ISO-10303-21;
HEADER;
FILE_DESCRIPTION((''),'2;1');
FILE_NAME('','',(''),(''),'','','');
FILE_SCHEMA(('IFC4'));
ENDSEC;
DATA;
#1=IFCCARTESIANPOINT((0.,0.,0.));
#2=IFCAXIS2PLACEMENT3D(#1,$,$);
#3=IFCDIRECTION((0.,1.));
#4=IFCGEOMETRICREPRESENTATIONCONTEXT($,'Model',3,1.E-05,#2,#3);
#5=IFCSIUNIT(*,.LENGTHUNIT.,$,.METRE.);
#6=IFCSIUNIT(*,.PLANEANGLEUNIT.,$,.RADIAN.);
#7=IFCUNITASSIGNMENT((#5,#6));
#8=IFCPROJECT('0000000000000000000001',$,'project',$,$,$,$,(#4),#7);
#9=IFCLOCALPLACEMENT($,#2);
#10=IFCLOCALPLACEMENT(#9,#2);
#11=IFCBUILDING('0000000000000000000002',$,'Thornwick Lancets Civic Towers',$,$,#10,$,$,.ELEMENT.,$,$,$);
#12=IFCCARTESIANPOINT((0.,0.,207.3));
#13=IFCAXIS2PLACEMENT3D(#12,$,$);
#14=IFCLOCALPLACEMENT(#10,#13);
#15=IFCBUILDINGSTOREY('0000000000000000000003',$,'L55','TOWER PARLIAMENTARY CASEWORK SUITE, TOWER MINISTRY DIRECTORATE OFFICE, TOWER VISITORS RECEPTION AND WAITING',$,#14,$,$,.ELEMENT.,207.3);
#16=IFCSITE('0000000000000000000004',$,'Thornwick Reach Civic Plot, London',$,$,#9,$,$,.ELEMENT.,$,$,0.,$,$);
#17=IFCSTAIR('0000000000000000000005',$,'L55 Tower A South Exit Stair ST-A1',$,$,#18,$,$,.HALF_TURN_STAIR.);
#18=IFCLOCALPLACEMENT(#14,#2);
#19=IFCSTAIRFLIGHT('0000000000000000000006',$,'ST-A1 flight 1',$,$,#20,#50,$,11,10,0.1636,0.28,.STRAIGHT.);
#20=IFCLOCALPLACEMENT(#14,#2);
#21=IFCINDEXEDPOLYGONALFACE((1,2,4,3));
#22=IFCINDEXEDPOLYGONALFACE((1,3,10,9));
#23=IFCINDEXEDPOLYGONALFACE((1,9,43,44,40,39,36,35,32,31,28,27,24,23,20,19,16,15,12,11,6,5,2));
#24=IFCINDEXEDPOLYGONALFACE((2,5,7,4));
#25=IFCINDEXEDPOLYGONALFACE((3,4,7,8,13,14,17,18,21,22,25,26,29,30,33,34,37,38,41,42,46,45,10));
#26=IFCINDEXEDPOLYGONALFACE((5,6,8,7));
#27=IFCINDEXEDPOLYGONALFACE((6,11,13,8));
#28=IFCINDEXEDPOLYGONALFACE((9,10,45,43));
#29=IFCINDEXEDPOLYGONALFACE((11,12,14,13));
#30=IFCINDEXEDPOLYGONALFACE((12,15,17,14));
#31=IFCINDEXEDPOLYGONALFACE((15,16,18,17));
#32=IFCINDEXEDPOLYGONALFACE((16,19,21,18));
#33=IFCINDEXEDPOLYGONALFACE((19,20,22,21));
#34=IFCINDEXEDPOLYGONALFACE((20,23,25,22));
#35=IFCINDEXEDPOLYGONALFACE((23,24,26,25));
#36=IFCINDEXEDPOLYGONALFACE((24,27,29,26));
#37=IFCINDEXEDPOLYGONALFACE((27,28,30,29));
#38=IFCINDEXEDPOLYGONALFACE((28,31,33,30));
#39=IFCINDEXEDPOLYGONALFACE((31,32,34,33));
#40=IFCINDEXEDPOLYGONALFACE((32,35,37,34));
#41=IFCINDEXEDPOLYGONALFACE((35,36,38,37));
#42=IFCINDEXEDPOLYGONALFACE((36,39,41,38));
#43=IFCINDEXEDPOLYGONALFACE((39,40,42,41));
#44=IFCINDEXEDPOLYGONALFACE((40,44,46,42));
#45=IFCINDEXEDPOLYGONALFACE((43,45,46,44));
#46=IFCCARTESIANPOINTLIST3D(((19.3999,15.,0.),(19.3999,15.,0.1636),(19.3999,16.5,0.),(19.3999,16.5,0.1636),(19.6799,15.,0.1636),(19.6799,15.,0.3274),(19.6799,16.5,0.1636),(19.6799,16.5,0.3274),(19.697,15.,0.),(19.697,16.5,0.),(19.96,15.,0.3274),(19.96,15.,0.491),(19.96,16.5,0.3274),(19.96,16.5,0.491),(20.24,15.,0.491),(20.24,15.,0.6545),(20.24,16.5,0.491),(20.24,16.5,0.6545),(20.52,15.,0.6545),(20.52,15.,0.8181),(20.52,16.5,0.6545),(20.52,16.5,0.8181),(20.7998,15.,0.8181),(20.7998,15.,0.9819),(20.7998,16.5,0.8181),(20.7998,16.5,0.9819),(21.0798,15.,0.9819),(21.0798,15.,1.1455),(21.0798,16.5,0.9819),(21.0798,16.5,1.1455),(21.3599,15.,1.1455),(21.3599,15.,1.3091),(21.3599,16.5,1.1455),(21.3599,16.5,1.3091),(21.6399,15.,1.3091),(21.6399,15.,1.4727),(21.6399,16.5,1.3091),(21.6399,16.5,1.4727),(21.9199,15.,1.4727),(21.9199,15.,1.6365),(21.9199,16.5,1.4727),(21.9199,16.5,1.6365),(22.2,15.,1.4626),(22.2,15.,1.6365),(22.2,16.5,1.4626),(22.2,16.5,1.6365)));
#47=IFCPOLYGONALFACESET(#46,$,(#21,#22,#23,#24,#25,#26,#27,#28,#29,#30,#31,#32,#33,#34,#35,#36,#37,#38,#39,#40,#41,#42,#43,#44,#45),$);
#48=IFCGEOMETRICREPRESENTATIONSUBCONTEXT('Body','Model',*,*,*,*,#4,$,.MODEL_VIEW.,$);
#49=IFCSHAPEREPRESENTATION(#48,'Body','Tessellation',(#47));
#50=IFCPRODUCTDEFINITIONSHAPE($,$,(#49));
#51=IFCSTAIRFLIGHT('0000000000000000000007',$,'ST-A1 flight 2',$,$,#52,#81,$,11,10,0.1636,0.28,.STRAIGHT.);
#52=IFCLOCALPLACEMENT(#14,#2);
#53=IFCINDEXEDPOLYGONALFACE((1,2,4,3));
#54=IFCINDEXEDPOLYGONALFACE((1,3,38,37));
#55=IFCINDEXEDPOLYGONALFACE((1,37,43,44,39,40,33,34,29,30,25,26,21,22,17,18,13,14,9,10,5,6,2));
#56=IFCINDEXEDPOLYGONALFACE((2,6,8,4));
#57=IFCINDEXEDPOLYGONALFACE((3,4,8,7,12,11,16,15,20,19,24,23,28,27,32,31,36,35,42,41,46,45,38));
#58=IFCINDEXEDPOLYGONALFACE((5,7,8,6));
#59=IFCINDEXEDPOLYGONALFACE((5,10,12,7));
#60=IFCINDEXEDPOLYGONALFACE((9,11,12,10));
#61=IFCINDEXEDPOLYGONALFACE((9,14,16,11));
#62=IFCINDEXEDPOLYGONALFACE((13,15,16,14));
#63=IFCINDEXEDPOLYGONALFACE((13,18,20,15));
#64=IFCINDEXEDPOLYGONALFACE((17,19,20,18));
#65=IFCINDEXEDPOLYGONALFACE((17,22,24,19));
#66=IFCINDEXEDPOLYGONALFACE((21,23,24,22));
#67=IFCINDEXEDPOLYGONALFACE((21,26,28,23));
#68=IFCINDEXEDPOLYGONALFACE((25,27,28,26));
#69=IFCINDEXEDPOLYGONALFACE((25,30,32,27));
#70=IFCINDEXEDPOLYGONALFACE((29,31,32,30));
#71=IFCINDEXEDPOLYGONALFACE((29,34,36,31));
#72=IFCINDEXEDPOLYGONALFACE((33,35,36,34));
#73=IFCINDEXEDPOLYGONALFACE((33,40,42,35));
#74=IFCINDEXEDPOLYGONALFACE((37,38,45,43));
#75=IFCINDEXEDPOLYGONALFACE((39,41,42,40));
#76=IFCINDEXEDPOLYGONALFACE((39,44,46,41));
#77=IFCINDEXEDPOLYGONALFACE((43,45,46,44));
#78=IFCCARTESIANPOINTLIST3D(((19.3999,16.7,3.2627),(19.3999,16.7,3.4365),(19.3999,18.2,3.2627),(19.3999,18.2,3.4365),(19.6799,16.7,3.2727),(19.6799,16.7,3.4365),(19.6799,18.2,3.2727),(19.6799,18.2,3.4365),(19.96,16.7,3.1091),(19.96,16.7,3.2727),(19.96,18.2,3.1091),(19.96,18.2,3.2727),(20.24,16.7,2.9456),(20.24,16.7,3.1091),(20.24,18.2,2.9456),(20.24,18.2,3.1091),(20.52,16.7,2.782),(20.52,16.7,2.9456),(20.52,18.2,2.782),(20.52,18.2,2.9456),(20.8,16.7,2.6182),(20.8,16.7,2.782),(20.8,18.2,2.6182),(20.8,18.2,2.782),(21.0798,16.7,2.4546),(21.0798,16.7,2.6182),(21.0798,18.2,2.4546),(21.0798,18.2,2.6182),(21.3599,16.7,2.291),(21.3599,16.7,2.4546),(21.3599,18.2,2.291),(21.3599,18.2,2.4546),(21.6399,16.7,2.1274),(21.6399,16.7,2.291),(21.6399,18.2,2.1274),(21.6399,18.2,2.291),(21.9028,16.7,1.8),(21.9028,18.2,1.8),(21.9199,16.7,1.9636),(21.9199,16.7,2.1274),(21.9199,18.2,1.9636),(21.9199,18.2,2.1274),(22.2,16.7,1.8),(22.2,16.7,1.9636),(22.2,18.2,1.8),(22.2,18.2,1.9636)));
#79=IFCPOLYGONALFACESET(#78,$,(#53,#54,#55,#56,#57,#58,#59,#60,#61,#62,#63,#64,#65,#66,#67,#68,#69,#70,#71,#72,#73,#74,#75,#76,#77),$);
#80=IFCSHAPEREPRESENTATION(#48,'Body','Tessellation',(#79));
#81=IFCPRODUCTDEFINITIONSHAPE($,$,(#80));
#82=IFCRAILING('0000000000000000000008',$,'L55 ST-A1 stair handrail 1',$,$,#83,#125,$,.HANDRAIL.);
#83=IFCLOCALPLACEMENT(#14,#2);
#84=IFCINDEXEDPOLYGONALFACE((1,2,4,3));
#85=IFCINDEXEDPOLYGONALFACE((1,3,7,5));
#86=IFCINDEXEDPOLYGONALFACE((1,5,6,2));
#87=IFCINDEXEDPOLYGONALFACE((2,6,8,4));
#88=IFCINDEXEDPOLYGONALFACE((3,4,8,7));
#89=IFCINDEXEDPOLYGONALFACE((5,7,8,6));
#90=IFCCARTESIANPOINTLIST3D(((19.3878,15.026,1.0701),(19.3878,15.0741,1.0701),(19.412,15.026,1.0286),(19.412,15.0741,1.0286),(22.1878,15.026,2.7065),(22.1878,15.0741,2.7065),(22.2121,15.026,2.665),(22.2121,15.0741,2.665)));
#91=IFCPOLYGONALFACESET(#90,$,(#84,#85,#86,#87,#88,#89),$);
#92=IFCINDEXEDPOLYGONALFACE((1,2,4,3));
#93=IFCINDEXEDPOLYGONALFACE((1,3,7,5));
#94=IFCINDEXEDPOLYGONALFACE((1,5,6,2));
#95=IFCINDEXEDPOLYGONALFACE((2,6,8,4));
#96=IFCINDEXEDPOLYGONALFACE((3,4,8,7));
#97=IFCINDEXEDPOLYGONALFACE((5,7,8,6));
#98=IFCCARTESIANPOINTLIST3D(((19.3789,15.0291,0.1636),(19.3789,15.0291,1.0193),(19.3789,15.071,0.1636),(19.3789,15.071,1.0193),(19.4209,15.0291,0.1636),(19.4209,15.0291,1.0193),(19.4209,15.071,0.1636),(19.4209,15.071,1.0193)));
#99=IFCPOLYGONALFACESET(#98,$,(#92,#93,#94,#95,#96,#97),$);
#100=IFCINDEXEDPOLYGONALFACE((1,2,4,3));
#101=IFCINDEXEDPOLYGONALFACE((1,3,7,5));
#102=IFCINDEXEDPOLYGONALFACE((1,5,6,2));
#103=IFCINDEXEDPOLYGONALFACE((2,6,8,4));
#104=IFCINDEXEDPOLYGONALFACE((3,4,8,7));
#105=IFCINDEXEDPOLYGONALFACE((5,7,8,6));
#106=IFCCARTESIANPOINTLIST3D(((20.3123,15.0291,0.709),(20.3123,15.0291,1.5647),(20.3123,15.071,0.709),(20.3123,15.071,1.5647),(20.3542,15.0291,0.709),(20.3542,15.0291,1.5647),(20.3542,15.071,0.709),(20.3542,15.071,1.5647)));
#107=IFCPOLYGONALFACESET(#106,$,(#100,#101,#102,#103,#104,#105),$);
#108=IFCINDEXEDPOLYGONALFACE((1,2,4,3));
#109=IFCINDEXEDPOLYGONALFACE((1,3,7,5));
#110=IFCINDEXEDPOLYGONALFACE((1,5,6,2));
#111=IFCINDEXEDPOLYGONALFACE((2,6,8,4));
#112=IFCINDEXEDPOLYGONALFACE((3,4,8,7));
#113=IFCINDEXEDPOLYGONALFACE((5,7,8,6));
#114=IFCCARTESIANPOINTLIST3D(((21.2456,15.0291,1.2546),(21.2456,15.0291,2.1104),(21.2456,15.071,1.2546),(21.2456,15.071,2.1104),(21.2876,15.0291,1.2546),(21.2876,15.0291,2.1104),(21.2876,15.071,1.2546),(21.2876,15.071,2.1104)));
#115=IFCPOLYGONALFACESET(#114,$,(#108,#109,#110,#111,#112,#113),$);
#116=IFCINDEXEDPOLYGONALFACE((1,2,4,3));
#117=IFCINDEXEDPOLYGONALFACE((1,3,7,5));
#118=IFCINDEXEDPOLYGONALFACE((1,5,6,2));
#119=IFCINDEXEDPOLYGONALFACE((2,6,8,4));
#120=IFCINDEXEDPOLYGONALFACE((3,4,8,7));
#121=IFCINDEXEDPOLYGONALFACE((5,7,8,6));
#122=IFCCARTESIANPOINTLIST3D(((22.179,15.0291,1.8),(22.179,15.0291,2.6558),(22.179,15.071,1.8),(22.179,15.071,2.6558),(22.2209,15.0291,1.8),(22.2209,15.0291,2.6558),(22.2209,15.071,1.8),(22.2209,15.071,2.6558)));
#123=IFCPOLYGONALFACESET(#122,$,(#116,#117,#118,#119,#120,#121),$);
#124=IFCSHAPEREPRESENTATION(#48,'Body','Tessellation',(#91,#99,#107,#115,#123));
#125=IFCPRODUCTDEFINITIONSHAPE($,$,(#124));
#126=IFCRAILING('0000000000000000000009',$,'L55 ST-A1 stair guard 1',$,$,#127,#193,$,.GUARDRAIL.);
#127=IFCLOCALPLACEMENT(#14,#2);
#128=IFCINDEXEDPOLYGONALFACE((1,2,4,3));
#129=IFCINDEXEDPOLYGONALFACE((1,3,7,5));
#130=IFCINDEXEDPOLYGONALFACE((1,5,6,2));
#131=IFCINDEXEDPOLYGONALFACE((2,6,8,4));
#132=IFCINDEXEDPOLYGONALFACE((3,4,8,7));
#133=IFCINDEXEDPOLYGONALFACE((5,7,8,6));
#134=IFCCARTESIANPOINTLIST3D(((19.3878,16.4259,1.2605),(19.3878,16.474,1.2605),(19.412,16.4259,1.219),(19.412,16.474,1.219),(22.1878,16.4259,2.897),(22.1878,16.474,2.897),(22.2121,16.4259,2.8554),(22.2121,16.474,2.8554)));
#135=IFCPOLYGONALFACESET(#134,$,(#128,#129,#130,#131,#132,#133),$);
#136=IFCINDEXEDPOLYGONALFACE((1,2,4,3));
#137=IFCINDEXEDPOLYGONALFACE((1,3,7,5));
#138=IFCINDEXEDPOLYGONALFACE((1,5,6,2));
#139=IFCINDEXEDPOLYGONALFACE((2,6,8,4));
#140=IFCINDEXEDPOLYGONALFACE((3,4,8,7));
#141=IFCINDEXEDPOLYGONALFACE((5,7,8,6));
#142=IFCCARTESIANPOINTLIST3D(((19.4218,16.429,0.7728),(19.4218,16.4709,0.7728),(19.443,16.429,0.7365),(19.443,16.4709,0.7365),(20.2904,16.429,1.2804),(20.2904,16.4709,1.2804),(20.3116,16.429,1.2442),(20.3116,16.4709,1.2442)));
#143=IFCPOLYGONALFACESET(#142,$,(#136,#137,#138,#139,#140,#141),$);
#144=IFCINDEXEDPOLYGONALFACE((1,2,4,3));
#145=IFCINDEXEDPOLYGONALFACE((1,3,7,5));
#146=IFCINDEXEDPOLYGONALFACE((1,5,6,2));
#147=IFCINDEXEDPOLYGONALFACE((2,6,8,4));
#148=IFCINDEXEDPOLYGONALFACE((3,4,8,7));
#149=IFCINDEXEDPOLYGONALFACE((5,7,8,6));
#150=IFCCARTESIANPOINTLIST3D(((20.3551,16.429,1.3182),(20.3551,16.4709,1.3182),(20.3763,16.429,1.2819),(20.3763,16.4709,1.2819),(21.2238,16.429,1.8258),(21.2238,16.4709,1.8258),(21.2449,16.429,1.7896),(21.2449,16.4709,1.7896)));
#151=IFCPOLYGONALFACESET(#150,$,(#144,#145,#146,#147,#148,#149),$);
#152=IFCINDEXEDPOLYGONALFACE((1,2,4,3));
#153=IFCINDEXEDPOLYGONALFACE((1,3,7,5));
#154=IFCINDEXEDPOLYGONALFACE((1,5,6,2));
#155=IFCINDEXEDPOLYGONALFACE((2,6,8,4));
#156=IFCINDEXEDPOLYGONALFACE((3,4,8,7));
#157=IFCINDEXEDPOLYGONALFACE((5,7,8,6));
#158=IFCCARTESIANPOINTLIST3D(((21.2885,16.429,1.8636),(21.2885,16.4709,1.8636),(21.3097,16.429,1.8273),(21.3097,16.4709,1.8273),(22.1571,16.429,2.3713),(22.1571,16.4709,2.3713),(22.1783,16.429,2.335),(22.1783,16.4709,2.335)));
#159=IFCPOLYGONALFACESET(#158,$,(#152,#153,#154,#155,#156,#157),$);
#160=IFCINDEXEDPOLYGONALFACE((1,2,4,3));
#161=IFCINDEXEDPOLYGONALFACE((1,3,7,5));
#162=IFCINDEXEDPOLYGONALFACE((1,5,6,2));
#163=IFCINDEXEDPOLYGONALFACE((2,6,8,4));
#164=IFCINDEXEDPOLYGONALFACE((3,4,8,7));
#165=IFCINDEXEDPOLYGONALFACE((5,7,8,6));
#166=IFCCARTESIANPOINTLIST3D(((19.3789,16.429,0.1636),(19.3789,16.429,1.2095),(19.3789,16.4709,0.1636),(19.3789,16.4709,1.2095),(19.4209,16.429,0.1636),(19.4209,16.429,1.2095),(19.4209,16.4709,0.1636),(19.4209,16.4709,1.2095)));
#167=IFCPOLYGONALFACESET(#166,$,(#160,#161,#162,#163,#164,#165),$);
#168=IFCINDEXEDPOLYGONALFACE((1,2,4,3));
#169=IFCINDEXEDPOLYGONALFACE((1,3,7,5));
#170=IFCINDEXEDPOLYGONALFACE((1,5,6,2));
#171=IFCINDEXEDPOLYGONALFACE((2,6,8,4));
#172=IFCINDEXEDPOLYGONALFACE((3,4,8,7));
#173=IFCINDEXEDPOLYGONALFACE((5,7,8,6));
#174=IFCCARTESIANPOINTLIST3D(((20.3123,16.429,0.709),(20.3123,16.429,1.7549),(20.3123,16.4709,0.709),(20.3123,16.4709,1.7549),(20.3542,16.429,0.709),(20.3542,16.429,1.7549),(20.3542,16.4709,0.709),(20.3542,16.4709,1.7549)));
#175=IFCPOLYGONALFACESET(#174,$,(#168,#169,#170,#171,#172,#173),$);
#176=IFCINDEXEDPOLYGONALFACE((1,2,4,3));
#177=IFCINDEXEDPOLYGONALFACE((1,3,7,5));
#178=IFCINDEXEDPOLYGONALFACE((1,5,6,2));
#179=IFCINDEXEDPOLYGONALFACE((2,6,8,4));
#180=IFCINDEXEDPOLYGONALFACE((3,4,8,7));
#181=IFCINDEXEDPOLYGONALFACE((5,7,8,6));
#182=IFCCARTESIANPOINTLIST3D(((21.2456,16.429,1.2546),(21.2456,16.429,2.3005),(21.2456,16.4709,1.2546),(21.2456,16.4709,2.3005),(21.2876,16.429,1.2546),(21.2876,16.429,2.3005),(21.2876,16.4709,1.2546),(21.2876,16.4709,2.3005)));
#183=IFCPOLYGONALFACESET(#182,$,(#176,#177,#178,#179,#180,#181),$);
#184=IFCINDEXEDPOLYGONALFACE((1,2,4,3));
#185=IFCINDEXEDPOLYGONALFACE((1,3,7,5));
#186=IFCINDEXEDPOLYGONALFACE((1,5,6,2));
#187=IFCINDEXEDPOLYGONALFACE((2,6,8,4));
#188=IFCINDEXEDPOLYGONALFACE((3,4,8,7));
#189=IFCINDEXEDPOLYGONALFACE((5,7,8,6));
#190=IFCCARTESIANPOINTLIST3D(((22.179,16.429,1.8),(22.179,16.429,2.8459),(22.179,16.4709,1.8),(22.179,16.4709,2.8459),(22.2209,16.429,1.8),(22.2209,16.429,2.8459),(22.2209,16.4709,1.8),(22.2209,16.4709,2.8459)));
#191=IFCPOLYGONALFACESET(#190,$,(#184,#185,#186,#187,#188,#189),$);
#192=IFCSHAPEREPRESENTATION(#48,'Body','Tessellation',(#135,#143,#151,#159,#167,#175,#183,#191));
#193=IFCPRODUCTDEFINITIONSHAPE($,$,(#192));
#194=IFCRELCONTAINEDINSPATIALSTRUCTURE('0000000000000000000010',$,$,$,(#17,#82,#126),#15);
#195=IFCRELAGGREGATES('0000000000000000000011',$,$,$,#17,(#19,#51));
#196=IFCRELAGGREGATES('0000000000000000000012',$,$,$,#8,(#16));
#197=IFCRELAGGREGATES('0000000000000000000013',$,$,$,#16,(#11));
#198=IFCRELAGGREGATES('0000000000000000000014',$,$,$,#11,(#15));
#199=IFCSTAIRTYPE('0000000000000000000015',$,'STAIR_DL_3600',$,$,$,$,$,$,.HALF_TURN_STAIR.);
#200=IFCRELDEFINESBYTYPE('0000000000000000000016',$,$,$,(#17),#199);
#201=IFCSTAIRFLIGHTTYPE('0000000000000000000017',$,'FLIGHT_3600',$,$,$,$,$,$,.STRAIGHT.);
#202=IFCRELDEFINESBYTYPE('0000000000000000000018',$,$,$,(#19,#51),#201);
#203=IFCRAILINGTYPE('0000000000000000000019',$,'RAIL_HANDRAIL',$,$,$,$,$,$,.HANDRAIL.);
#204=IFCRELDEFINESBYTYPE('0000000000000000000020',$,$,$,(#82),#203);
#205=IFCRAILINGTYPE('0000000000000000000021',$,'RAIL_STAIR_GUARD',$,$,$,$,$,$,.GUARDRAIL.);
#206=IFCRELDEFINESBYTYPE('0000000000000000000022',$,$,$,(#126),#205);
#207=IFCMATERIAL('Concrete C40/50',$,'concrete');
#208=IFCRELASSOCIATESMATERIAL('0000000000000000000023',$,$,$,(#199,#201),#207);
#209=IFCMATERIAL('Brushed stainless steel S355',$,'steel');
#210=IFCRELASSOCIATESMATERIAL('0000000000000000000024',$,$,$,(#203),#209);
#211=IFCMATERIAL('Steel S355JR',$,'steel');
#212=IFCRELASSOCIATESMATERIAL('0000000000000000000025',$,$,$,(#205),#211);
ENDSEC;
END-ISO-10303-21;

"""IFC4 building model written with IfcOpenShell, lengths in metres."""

from ifc_helpers import new_model, si_unit, direction, frame, origin, origin_2d, place, context, subcontext, project, spatial, polyline, rectangle, outline, extrude, material, type_object, element, aggregate, save


model = new_model("IFC4")

# Units and contexts
model_context = context("Model", 3, precision=1e-05, world=origin(), true_north=direction((0.0, 1.0)))
body_context = subcontext(model_context, "Body", "Model", "MODEL_VIEW")
ifc_project = project(units=[si_unit("LENGTHUNIT", "METRE"), si_unit("PLANEANGLEUNIT", "RADIAN")], contexts=[model_context])

# Site, building, storey
site_placement = place(None, origin())
site = spatial("IfcSite", under=ifc_project, at=site_placement, Name="Thornwick Reach Civic Plot, London", CompositionType="ELEMENT", RefElevation=0.0)
building_placement = place(site_placement, origin())
building = spatial("IfcBuilding", under=site, at=building_placement, Name="Thornwick Lancets Civic Towers", CompositionType="ELEMENT")
storey_placement = place(building_placement, frame((0.0, 0.0, 207.3)))
storey = spatial("IfcBuildingStorey", under=building, at=storey_placement, Name="L55", Description="TOWER PARLIAMENTARY CASEWORK SUITE, TOWER MINISTRY DIRECTORATE OFFICE, TOWER VISITORS RECEPTION AND WAITING", CompositionType="ELEMENT", Elevation=207.3)

# Shared definitions
ifc_material_1 = material(Name="Steel S355JR", Category="steel")

# Shared definitions
ifc_material_2 = material(Name="Concrete C40/50", Category="concrete")

# Stair, stair flights
stair_type = type_object("IfcStairType", Name="STAIR_DL_3600", PredefinedType="HALF_TURN_STAIR", material=ifc_material_2)
stair_placement = place(storey_placement, origin())
stair = element("IfcStair", 1, at=stair_placement, inside=storey, type_object=stair_type, Name="L55 Tower A South Exit Stair ST-A1", PredefinedType="HALF_TURN_STAIR")
stair_flight_type = type_object("IfcStairFlightType", Name="FLIGHT_3600", PredefinedType="STRAIGHT", material=ifc_material_2)
stair_flight_1_placement = place(storey_placement, frame((19.3999, 15.75, 0.0), z_axis=(0.0, 0.0, 1.0), x_axis=(1.0, 0.0, 0.0)))
stair_flight_1 = element("IfcStairFlight", 2, at=stair_flight_1_placement, type_object=stair_flight_type, Name="ST-A1 flight 1", NumberOfRisers=11, NumberOfTreads=10, PredefinedType="STRAIGHT", RiserHeight=0.1636, TreadLength=0.28, context=body_context, shape_type="SweptSolid", body=[
    extrude(outline(polyline([(0.0, 0.0), (0.0, 0.1636), (0.28, 0.1636), (0.28, 0.3274), (0.5601, 0.3274), (0.5601, 0.491), (0.8401, 0.491), (0.8401, 0.6545), (1.1201, 0.6545), (1.1201, 0.8181), (1.3999, 0.8181), (1.3999, 0.9819), (1.6799, 0.9819), (1.6799, 1.1455), (1.96, 1.1455), (1.96, 1.3091), (2.24, 1.3091), (2.24, 1.4727), (2.52, 1.4727), (2.52, 1.6365), (2.8, 1.6365), (2.8, 1.8), (2.8, 1.4626), (0.2971, 0.0), (0.0, 0.0)])), frame((0.0, 0.75, 0.0), z_axis=(0.0, -1.0, 0.0), x_axis=(1.0, 0.0, 0.0)), (0.0, 0.0, 1.0), 1.5),
])
stair_flight_2_placement = place(storey_placement, frame((22.2, 17.45, 1.8), z_axis=(0.0, 0.0, 1.0), x_axis=(-1.0, 0.0, 0.0)))
stair_flight_2 = element("IfcStairFlight", 3, at=stair_flight_2_placement, type_object=stair_flight_type, Name="ST-A1 flight 2", NumberOfRisers=11, NumberOfTreads=10, PredefinedType="STRAIGHT", RiserHeight=0.1636, TreadLength=0.28, context=body_context, shape_type="SweptSolid", body=[
    extrude(outline(polyline([(0.0, 0.0), (0.0, 0.1636), (0.28, 0.1636), (0.28, 0.3274), (0.5601, 0.3274), (0.5601, 0.491), (0.8401, 0.491), (0.8401, 0.6545), (1.1201, 0.6545), (1.1201, 0.8181), (1.3999, 0.8181), (1.3999, 0.9819), (1.6799, 0.9819), (1.6799, 1.1455), (1.96, 1.1455), (1.96, 1.3091), (2.24, 1.3091), (2.24, 1.4727), (2.52, 1.4727), (2.52, 1.6365), (2.8, 1.6365), (2.8, 1.8), (2.8, 1.4626), (0.2971, 0.0), (0.0, 0.0)])), frame((0.0, 0.75, 0.0), z_axis=(0.0, -1.0, 0.0), x_axis=(1.0, 0.0, 0.0)), (0.0, 0.0, 1.0), 1.5),
])
aggregate(stair, [stair_flight_1, stair_flight_2])

# Railings
ifc_material_3 = material(Name="Brushed stainless steel S355", Category="steel")
railing_type_1 = type_object("IfcRailingType", Name="RAIL_HANDRAIL", PredefinedType="HANDRAIL", material=ifc_material_3)
railing_1_placement = place(storey_placement, frame((19.3999, 15.05, 0.1636)))
element("IfcRailing", 4, at=railing_1_placement, inside=storey, type_object=railing_type_1, Name="L55 ST-A1 stair handrail 1", PredefinedType="HANDRAIL", context=body_context, shape_type="SweptSolid", body=[
    extrude(rectangle(XDim=0.0481, YDim=0.0481, at=origin_2d()), frame((0.0, 0.0, 0.8857), z_axis=(0.863361, 0.0, 0.504587), x_axis=(0.0, 1.0, 0.0)), (0.0, 0.0, 1.0), 3.2432),
    extrude(rectangle(XDim=0.042, YDim=0.042, at=origin_2d()), origin(), (0.0, 0.0, 1.0), 0.8557),
    extrude(rectangle(XDim=0.042, YDim=0.042, at=origin_2d()), frame((0.9333, 0.0, 0.5454)), (0.0, 0.0, 1.0), 0.8557),
    extrude(rectangle(XDim=0.042, YDim=0.042, at=origin_2d()), frame((1.8667, 0.0, 1.0911)), (0.0, 0.0, 1.0), 0.8557),
    extrude(rectangle(XDim=0.042, YDim=0.042, at=origin_2d()), frame((2.8, 0.0, 1.6365)), (0.0, 0.0, 1.0), 0.8557),
])
railing_type_2 = type_object("IfcRailingType", Name="RAIL_STAIR_GUARD", PredefinedType="GUARDRAIL", material=ifc_material_1)
railing_2_placement = place(storey_placement, frame((19.3999, 16.45, 0.1636)))
element("IfcRailing", 5, at=railing_2_placement, inside=storey, type_object=railing_type_2, Name="L55 ST-A1 stair guard 1", PredefinedType="GUARDRAIL", context=body_context, shape_type="SweptSolid", body=[
    extrude(rectangle(XDim=0.0481, YDim=0.0481, at=origin_2d()), frame((0.0, 0.0, 1.0762), z_axis=(0.863361, 0.0, 0.504587), x_axis=(0.0, 1.0, 0.0)), (0.0, 0.0, 1.0), 3.2432),
    extrude(rectangle(XDim=0.042, YDim=0.042, at=origin_2d()), frame((0.0325, 0.0, 0.5911), z_axis=(0.863361, 0.0, 0.504587), x_axis=(0.0, 1.0, 0.0)), (0.0, 0.0, 1.0), 1.0061),
    extrude(rectangle(XDim=0.042, YDim=0.042, at=origin_2d()), frame((0.9658, 0.0, 1.1365), z_axis=(0.863361, 0.0, 0.504587), x_axis=(0.0, 1.0, 0.0)), (0.0, 0.0, 1.0), 1.0061),
    extrude(rectangle(XDim=0.042, YDim=0.042, at=origin_2d()), frame((1.8992, 0.0, 1.6819), z_axis=(0.863361, 0.0, 0.504587), x_axis=(0.0, 1.0, 0.0)), (0.0, 0.0, 1.0), 1.0061),
    extrude(rectangle(XDim=0.042, YDim=0.042, at=origin_2d()), origin(), (0.0, 0.0, 1.0), 1.0459),
    extrude(rectangle(XDim=0.042, YDim=0.042, at=origin_2d()), frame((0.9333, 0.0, 0.5454)), (0.0, 0.0, 1.0), 1.0459),
    extrude(rectangle(XDim=0.042, YDim=0.042, at=origin_2d()), frame((1.8667, 0.0, 1.0911)), (0.0, 0.0, 1.0), 1.0459),
    extrude(rectangle(XDim=0.042, YDim=0.042, at=origin_2d()), frame((2.8, 0.0, 1.6365)), (0.0, 0.0, 1.0), 1.0459),
])

save(model, "model.ifc")
